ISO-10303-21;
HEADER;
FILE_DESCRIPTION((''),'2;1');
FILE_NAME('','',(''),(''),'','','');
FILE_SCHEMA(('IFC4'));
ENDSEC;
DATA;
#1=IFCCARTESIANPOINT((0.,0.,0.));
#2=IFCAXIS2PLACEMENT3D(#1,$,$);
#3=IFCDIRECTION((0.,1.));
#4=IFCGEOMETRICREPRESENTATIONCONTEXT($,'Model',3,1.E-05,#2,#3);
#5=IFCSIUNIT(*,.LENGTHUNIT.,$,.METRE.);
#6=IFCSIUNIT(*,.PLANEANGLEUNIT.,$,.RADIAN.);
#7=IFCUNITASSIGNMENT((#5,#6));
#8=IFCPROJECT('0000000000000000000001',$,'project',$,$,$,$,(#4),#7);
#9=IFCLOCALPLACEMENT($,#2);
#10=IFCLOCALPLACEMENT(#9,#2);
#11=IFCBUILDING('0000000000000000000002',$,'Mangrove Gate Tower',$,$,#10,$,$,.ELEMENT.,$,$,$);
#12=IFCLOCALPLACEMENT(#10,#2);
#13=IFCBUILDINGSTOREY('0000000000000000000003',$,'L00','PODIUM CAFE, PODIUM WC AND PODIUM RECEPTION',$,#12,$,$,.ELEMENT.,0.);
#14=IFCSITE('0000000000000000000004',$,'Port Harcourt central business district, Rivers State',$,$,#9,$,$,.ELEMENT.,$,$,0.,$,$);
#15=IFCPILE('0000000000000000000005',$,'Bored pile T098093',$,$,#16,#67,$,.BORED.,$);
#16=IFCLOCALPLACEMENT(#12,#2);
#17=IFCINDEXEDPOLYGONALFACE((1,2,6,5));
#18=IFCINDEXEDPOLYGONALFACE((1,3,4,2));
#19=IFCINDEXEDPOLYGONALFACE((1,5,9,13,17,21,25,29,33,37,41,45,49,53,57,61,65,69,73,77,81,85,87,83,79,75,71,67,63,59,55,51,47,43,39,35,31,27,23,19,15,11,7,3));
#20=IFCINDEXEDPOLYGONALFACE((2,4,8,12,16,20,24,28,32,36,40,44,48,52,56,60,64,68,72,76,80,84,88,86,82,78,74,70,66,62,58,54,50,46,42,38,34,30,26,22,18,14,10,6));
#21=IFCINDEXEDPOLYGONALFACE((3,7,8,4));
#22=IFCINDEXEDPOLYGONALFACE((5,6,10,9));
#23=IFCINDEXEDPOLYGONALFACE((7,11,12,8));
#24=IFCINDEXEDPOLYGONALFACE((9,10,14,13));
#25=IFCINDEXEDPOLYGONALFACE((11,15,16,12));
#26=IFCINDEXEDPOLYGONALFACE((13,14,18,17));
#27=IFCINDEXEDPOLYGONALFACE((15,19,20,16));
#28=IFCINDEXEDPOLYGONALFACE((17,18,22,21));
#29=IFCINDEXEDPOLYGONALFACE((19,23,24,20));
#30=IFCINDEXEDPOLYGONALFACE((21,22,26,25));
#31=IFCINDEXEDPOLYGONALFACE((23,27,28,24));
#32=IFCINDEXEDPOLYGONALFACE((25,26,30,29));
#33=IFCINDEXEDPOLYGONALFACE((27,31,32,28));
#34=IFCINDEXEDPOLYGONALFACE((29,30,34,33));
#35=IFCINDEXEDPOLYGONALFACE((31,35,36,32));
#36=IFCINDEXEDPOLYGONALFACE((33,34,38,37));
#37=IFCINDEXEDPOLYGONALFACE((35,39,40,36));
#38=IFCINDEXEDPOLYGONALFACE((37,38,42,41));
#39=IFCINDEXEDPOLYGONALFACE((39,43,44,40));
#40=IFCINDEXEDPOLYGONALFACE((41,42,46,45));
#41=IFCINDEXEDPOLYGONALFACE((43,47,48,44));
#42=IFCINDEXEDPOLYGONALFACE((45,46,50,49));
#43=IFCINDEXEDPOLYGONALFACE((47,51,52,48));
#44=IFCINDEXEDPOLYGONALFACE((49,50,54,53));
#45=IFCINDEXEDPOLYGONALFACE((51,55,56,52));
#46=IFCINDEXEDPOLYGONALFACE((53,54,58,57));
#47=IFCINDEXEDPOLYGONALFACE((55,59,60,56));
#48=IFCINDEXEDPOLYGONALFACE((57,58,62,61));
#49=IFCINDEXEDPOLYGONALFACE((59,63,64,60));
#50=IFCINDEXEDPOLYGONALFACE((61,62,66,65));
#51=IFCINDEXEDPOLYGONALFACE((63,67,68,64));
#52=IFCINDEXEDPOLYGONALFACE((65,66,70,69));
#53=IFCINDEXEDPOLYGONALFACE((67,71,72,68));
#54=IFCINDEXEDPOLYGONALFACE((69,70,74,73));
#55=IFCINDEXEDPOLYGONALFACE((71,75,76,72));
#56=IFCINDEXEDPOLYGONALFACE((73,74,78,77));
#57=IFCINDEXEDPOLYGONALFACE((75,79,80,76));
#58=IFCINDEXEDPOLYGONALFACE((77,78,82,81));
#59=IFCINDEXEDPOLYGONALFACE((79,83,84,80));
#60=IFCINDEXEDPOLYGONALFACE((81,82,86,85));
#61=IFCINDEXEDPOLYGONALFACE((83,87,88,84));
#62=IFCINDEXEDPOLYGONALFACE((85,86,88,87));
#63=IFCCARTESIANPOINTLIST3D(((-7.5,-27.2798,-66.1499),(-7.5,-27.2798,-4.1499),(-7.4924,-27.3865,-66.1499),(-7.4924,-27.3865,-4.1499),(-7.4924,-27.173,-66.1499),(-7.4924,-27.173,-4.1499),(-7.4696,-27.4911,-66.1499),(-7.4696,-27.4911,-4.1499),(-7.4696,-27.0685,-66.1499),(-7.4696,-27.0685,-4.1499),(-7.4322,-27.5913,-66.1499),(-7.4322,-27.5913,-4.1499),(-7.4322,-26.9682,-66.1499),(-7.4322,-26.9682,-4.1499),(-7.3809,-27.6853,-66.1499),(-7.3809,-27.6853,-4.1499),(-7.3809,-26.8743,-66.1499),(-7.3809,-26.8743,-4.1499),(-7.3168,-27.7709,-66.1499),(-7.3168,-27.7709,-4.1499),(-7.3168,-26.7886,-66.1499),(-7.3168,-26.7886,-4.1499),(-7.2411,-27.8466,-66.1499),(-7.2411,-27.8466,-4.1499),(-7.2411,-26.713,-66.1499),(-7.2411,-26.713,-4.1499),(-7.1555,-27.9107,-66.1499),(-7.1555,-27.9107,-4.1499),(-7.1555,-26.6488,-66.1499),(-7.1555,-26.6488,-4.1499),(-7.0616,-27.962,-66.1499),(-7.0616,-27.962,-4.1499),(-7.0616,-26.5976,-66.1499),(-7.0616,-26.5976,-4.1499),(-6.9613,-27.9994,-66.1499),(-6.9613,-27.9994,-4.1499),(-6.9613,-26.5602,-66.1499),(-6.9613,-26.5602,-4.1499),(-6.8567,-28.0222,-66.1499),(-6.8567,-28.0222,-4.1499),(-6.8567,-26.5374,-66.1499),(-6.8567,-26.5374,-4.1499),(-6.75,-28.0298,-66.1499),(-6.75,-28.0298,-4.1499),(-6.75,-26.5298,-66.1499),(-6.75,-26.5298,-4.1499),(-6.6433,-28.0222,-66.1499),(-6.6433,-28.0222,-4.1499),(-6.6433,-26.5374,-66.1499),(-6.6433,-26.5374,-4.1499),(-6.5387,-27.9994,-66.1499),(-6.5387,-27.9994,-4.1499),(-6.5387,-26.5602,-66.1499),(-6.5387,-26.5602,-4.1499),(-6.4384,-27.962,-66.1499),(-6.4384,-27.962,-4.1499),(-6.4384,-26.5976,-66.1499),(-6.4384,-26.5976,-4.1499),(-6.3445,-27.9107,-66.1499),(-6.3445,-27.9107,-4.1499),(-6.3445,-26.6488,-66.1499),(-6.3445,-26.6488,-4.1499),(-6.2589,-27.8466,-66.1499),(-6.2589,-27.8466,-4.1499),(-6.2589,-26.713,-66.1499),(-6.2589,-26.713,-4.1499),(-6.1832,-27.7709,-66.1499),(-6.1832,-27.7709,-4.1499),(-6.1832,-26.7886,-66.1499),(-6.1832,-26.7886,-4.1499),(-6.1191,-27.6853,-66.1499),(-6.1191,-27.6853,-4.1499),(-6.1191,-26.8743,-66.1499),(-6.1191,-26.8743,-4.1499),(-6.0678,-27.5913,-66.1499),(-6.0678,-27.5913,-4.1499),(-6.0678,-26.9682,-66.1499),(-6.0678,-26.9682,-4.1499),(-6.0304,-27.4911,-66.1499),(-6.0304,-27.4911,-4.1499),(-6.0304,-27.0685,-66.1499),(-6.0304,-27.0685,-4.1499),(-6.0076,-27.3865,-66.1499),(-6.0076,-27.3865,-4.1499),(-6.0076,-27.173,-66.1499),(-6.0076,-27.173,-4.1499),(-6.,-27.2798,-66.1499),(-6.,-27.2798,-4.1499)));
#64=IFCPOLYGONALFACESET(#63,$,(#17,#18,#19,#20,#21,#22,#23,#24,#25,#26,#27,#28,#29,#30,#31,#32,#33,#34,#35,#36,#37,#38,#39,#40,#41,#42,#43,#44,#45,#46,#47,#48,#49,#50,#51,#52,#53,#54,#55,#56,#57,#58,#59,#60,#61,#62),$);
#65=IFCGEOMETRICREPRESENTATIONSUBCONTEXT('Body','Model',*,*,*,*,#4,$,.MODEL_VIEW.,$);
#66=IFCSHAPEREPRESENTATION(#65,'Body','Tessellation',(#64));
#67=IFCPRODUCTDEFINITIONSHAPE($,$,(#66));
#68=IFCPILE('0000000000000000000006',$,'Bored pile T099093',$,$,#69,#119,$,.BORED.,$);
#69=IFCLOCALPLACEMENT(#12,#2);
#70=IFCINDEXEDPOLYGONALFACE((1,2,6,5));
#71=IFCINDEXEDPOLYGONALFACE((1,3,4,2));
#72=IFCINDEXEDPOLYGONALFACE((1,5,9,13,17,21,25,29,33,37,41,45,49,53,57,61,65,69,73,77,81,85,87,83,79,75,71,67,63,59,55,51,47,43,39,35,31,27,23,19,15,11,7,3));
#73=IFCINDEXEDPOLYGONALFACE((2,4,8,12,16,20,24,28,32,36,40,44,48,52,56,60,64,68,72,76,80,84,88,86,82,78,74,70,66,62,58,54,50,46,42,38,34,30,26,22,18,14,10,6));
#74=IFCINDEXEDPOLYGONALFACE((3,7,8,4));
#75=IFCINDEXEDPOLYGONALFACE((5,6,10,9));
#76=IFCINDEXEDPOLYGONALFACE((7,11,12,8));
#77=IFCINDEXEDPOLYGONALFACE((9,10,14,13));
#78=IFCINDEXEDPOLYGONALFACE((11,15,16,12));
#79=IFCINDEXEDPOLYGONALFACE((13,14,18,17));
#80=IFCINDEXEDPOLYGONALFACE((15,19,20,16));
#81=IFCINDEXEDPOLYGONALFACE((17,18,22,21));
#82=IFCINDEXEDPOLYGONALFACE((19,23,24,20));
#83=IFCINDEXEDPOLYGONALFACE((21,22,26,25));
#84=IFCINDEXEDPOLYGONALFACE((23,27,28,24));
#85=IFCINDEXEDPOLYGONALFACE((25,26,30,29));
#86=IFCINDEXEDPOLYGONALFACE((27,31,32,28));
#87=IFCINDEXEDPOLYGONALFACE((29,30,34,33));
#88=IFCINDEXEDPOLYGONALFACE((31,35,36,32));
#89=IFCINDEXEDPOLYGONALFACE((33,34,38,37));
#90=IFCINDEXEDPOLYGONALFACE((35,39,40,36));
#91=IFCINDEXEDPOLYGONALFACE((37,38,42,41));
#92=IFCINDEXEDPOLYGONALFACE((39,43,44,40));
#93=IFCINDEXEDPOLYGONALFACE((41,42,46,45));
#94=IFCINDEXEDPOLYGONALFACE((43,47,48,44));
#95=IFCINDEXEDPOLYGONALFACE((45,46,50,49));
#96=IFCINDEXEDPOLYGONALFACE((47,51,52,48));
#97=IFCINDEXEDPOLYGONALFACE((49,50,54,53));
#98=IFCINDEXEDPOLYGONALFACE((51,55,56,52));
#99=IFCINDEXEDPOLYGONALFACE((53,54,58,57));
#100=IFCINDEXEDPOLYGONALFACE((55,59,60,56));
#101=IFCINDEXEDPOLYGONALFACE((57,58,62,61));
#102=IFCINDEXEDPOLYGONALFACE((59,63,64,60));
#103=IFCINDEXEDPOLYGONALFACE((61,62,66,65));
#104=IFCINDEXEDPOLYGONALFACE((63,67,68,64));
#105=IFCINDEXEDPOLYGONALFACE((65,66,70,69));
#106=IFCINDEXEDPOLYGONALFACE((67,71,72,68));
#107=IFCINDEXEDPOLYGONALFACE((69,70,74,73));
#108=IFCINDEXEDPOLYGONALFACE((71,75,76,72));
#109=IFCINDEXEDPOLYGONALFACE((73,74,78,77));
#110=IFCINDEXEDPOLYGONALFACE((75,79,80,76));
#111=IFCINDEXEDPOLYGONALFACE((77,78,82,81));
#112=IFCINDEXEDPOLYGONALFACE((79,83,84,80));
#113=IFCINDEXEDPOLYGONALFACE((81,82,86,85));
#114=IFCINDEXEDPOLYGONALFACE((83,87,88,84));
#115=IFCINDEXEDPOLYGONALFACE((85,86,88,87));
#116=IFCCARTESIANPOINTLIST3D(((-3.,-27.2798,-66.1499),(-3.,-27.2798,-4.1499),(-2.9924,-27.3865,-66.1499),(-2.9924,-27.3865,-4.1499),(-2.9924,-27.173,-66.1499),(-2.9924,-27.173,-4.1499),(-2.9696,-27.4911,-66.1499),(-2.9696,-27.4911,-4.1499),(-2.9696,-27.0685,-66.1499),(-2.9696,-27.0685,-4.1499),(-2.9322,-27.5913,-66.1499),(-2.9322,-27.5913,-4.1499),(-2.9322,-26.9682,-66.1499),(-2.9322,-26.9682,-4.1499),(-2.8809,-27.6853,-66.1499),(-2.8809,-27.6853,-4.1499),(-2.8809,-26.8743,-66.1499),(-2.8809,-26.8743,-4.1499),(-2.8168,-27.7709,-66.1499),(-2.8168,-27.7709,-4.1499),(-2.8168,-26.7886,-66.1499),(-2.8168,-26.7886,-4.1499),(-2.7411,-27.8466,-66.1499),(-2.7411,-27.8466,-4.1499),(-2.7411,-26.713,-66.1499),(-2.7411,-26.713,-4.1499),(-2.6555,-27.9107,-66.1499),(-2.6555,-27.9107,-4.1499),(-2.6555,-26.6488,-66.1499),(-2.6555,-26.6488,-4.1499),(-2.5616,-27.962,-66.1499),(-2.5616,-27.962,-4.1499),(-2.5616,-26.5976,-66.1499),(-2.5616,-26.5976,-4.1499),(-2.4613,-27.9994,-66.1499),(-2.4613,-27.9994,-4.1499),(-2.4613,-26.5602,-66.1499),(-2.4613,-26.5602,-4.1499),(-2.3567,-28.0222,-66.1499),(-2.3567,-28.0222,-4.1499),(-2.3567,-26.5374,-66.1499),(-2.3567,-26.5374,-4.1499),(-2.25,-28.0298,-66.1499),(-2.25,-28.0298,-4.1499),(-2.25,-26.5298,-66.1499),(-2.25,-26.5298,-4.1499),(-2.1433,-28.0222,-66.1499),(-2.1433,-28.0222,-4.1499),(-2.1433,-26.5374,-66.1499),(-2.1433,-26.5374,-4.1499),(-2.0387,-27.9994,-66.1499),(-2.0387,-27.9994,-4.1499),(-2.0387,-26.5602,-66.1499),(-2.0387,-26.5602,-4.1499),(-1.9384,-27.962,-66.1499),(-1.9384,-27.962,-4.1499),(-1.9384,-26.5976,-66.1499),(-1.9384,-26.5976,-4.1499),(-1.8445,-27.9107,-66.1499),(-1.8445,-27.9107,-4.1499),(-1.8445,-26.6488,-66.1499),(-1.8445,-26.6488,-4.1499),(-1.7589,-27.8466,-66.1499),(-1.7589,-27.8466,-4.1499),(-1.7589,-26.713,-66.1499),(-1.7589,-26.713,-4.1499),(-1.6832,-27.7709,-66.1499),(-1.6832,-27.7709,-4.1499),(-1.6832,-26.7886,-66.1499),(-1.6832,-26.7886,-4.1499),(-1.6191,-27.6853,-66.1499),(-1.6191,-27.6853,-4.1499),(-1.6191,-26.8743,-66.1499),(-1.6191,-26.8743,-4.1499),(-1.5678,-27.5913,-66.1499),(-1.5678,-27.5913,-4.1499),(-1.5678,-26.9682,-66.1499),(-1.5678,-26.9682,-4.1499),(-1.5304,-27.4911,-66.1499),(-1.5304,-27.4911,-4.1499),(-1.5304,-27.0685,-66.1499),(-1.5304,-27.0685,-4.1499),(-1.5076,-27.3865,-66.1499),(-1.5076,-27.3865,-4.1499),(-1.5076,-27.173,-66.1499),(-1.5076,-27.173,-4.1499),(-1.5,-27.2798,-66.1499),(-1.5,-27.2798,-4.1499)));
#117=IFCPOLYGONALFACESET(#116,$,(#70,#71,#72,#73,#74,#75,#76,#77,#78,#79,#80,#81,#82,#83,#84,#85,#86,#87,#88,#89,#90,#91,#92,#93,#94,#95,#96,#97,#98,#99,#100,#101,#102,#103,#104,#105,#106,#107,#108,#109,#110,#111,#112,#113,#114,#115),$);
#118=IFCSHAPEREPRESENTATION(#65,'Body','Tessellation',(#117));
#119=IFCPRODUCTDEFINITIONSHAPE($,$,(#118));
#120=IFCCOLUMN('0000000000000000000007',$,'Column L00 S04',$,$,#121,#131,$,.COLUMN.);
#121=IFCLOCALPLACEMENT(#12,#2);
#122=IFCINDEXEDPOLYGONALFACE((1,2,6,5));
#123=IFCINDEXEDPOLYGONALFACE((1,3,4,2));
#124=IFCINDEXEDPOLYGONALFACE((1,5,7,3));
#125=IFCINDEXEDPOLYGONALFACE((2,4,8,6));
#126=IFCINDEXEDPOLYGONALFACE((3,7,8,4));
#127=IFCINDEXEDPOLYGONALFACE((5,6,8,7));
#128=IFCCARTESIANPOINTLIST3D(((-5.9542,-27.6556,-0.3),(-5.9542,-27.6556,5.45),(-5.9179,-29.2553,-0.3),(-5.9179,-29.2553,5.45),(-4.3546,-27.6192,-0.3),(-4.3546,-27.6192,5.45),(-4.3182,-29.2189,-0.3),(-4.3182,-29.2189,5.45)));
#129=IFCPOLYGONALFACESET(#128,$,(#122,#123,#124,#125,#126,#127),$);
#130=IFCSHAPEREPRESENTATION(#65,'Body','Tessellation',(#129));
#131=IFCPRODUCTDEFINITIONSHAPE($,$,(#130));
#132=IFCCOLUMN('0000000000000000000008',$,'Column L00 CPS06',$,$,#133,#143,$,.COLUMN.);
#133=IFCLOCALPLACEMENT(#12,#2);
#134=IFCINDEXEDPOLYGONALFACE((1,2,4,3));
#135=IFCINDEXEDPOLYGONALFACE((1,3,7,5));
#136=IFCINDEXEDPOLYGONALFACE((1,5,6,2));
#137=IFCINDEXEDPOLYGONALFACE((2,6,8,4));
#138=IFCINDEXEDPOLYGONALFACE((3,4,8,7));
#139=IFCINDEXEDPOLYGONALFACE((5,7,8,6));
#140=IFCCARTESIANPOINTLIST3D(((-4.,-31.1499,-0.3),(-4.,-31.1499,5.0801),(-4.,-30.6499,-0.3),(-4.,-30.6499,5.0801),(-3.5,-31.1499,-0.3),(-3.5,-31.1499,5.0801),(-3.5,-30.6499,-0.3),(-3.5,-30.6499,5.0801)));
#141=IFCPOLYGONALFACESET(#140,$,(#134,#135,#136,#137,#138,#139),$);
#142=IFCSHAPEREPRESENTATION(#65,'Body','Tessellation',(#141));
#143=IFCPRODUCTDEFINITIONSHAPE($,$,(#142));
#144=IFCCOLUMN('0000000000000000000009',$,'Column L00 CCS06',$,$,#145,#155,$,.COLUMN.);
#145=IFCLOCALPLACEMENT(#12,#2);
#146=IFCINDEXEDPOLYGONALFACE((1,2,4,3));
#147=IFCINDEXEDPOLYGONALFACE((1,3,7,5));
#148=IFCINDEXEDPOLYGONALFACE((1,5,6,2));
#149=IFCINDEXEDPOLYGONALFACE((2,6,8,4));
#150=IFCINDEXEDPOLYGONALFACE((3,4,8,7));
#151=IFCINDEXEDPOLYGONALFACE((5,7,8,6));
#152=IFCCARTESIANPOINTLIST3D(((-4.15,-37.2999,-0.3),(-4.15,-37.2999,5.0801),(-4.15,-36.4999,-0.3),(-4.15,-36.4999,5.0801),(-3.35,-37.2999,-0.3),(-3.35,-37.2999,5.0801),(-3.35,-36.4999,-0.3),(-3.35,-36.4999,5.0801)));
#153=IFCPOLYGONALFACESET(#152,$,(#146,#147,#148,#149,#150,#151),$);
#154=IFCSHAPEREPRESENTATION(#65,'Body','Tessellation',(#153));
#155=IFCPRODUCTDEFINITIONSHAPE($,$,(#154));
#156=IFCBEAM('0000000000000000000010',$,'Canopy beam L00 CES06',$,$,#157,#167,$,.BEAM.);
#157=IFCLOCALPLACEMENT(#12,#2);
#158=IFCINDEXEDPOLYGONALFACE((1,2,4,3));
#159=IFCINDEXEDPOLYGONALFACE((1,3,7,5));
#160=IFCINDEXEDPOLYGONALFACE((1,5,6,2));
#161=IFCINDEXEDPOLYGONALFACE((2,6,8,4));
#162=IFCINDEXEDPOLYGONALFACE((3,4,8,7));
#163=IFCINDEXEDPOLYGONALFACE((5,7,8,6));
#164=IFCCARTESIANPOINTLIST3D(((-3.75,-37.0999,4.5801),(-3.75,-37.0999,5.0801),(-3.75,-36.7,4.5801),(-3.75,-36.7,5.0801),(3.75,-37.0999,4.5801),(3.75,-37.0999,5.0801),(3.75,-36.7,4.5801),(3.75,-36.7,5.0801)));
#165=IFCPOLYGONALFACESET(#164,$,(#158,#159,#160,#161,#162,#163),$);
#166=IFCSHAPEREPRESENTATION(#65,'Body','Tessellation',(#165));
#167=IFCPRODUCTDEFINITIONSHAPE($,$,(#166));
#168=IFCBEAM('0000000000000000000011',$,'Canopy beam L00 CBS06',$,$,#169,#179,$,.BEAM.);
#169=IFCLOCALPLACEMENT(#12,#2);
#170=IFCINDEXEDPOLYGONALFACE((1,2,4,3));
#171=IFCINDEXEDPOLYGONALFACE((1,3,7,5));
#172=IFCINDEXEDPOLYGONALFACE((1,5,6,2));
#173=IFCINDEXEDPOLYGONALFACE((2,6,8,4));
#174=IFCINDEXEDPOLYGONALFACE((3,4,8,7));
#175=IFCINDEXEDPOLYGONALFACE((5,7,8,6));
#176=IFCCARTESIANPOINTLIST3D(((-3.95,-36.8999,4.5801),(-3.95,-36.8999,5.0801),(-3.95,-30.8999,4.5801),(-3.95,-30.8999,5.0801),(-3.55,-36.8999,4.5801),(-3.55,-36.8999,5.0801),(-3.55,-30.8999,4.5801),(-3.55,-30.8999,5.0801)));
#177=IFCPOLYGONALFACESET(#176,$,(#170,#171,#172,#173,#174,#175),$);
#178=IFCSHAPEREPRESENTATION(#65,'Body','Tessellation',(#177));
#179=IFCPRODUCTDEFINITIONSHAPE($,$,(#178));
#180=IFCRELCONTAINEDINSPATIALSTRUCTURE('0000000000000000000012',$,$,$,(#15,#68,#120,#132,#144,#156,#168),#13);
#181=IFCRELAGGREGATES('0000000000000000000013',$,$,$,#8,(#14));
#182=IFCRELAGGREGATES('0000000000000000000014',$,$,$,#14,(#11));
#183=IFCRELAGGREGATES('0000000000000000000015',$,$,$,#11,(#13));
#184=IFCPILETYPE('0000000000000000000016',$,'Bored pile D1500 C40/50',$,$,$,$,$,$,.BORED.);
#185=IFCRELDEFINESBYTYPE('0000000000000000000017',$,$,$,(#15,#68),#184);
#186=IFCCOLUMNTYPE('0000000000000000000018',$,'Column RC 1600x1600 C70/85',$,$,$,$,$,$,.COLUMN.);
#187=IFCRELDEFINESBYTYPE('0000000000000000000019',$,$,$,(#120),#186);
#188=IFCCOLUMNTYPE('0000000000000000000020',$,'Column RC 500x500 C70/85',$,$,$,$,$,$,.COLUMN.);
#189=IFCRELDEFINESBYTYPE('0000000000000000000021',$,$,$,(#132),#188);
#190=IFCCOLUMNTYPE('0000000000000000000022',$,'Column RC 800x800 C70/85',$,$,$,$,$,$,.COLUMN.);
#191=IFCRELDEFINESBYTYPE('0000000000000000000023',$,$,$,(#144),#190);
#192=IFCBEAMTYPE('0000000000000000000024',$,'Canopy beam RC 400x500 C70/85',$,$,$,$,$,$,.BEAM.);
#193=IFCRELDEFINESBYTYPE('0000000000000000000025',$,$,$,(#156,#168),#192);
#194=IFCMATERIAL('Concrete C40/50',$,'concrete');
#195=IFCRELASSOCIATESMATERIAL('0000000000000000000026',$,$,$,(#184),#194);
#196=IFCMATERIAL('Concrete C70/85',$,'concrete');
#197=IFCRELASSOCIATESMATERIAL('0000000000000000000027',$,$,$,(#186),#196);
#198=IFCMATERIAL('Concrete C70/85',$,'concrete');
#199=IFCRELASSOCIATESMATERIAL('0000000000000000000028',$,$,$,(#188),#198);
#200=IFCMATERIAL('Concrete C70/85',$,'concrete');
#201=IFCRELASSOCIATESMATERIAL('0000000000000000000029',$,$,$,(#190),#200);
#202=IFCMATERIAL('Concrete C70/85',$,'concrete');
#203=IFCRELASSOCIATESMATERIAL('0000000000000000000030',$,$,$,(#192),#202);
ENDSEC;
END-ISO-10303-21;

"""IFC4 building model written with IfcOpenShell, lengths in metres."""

from ifc_helpers import new_model, si_unit, direction, frame, origin, origin_2d, place, context, subcontext, project, spatial, rectangle, circle, extrude, material, material_profile, profile_set, type_object, element, save


model = new_model("IFC4")

# Units and contexts
model_context = context("Model", 3, precision=1e-05, world=origin(), true_north=direction((0.0, 1.0)))
body_context = subcontext(model_context, "Body", "Model", "MODEL_VIEW")
ifc_project = project(units=[si_unit("LENGTHUNIT", "METRE"), si_unit("PLANEANGLEUNIT", "RADIAN")], contexts=[model_context])

# Site, building, storey
site_placement = place(None, origin())
site = spatial("IfcSite", under=ifc_project, at=site_placement, Name="Port Harcourt central business district, Rivers State", CompositionType="ELEMENT", RefElevation=0.0)
building_placement = place(site_placement, origin())
building = spatial("IfcBuilding", under=site, at=building_placement, Name="Mangrove Gate Tower", CompositionType="ELEMENT")
storey_placement = place(building_placement, origin())
storey = spatial("IfcBuildingStorey", under=building, at=storey_placement, Name="L00", Description="PODIUM CAFE, PODIUM WC AND PODIUM RECEPTION", CompositionType="ELEMENT", Elevation=0.0)

# Piles
ifc_material_1 = material(Name="Concrete C40/50", Category="concrete")
ifc_material_profile_1 = material_profile(ifc_material_1, circle(Radius=0.75, at=origin_2d()))
ifc_profile_set_1 = profile_set([ifc_material_profile_1], Name="Concrete C40/50")
pile_type = type_object("IfcPileType", Name="Bored pile D1500 C40/50", PredefinedType="BORED", material=ifc_profile_set_1)
for number, where, z_axis, x_axis, name in (
    (1, (-6.75, -27.2798, -4.1499), (0.0, 0.0, -1.0), (1.0, 0.0, 0.0), "Bored pile T098093"),
    (2, (-2.25, -27.2798, -4.1499), (0.0, 0.0, -1.0), (1.0, 0.0, 0.0), "Bored pile T099093"),
):
    element("IfcPile", number, at=place(storey_placement, frame(where, z_axis=z_axis, x_axis=x_axis)), inside=storey, type_object=pile_type, Name=name, PredefinedType="BORED", context=body_context, shape_type="SweptSolid", body=[
        extrude(circle(Radius=0.75, at=origin_2d()), origin(), (0.0, 0.0, 1.0), 62.0),
    ])

# Columns
ifc_material_2 = material(Name="Concrete C70/85", Category="concrete")
ifc_material_profile_2 = material_profile(ifc_material_2, rectangle(XDim=1.6001, YDim=1.6001, at=origin_2d()))
ifc_profile_set_2 = profile_set([ifc_material_profile_2], Name="Concrete C70/85")
column_type_1 = type_object("IfcColumnType", Name="Column RC 1600x1600 C70/85", PredefinedType="COLUMN", material=ifc_profile_set_2)
column_1_placement = place(storey_placement, frame((-5.1362, -28.4373, -0.3), z_axis=(0.0, 0.0, 1.0), x_axis=(0.999742, 0.022709, 0.0)))
element("IfcColumn", 3, at=column_1_placement, inside=storey, type_object=column_type_1, Name="Column L00 S04", PredefinedType="COLUMN", context=body_context, shape_type="SweptSolid", body=[
    extrude(rectangle(XDim=1.6001, YDim=1.6001, at=origin_2d()), origin(), (0.0, 0.0, 1.0), 5.75),
])
ifc_material_3 = material(Name="Concrete C70/85", Category="concrete")
ifc_material_profile_3 = material_profile(ifc_material_3, rectangle(XDim=0.5, YDim=0.5, at=origin_2d()))
ifc_profile_set_3 = profile_set([ifc_material_profile_3], Name="Concrete C70/85")
column_type_2 = type_object("IfcColumnType", Name="Column RC 500x500 C70/85", PredefinedType="COLUMN", material=ifc_profile_set_3)
column_2_placement = place(storey_placement, frame((-3.75, -30.8999, -0.3), z_axis=(0.0, 0.0, 1.0), x_axis=(1.0, 0.0, 0.0)))
element("IfcColumn", 4, at=column_2_placement, inside=storey, type_object=column_type_2, Name="Column L00 CPS06", PredefinedType="COLUMN", context=body_context, shape_type="SweptSolid", body=[
    extrude(rectangle(XDim=0.5, YDim=0.5, at=origin_2d()), origin(), (0.0, 0.0, 1.0), 5.3801),
])
ifc_material_4 = material(Name="Concrete C70/85", Category="concrete")
ifc_material_profile_4 = material_profile(ifc_material_4, rectangle(XDim=0.8, YDim=0.8, at=origin_2d()))
ifc_profile_set_4 = profile_set([ifc_material_profile_4], Name="Concrete C70/85")
column_type_3 = type_object("IfcColumnType", Name="Column RC 800x800 C70/85", PredefinedType="COLUMN", material=ifc_profile_set_4)
column_3_placement = place(storey_placement, frame((-3.75, -36.8999, -0.3), z_axis=(0.0, 0.0, 1.0), x_axis=(1.0, 0.0, 0.0)))
element("IfcColumn", 5, at=column_3_placement, inside=storey, type_object=column_type_3, Name="Column L00 CCS06", PredefinedType="COLUMN", context=body_context, shape_type="SweptSolid", body=[
    extrude(rectangle(XDim=0.8, YDim=0.8, at=origin_2d()), origin(), (0.0, 0.0, 1.0), 5.3801),
])

# Beams
ifc_material_5 = material(Name="Concrete C70/85", Category="concrete")
ifc_material_profile_5 = material_profile(ifc_material_5, rectangle(XDim=0.3999, YDim=0.5, at=origin_2d()))
ifc_profile_set_5 = profile_set([ifc_material_profile_5], Name="Concrete C70/85")
beam_type = type_object("IfcBeamType", Name="Canopy beam RC 400x500 C70/85", PredefinedType="BEAM", material=ifc_profile_set_5)
beam_1_placement = place(storey_placement, frame((-3.75, -36.8999, 4.8301), z_axis=(1.0, 0.0, 0.0), x_axis=(0.0, 1.0, 0.0)))
element("IfcBeam", 6, at=beam_1_placement, inside=storey, type_object=beam_type, Name="Canopy beam L00 CES06", PredefinedType="BEAM", context=body_context, shape_type="SweptSolid", body=[
    extrude(rectangle(XDim=0.3999, YDim=0.5, at=origin_2d()), origin(), (0.0, 0.0, 1.0), 7.5),
])
beam_2_placement = place(storey_placement, frame((-3.75, -30.8999, 4.8301), z_axis=(0.0, -1.0, 0.0), x_axis=(1.0, 0.0, 0.0)))
element("IfcBeam", 7, at=beam_2_placement, inside=storey, type_object=beam_type, Name="Canopy beam L00 CBS06", PredefinedType="BEAM", context=body_context, shape_type="SweptSolid", body=[
    extrude(rectangle(XDim=0.3999, YDim=0.5, at=origin_2d()), origin(), (0.0, 0.0, 1.0), 6.0),
])

save(model, "model.ifc")
